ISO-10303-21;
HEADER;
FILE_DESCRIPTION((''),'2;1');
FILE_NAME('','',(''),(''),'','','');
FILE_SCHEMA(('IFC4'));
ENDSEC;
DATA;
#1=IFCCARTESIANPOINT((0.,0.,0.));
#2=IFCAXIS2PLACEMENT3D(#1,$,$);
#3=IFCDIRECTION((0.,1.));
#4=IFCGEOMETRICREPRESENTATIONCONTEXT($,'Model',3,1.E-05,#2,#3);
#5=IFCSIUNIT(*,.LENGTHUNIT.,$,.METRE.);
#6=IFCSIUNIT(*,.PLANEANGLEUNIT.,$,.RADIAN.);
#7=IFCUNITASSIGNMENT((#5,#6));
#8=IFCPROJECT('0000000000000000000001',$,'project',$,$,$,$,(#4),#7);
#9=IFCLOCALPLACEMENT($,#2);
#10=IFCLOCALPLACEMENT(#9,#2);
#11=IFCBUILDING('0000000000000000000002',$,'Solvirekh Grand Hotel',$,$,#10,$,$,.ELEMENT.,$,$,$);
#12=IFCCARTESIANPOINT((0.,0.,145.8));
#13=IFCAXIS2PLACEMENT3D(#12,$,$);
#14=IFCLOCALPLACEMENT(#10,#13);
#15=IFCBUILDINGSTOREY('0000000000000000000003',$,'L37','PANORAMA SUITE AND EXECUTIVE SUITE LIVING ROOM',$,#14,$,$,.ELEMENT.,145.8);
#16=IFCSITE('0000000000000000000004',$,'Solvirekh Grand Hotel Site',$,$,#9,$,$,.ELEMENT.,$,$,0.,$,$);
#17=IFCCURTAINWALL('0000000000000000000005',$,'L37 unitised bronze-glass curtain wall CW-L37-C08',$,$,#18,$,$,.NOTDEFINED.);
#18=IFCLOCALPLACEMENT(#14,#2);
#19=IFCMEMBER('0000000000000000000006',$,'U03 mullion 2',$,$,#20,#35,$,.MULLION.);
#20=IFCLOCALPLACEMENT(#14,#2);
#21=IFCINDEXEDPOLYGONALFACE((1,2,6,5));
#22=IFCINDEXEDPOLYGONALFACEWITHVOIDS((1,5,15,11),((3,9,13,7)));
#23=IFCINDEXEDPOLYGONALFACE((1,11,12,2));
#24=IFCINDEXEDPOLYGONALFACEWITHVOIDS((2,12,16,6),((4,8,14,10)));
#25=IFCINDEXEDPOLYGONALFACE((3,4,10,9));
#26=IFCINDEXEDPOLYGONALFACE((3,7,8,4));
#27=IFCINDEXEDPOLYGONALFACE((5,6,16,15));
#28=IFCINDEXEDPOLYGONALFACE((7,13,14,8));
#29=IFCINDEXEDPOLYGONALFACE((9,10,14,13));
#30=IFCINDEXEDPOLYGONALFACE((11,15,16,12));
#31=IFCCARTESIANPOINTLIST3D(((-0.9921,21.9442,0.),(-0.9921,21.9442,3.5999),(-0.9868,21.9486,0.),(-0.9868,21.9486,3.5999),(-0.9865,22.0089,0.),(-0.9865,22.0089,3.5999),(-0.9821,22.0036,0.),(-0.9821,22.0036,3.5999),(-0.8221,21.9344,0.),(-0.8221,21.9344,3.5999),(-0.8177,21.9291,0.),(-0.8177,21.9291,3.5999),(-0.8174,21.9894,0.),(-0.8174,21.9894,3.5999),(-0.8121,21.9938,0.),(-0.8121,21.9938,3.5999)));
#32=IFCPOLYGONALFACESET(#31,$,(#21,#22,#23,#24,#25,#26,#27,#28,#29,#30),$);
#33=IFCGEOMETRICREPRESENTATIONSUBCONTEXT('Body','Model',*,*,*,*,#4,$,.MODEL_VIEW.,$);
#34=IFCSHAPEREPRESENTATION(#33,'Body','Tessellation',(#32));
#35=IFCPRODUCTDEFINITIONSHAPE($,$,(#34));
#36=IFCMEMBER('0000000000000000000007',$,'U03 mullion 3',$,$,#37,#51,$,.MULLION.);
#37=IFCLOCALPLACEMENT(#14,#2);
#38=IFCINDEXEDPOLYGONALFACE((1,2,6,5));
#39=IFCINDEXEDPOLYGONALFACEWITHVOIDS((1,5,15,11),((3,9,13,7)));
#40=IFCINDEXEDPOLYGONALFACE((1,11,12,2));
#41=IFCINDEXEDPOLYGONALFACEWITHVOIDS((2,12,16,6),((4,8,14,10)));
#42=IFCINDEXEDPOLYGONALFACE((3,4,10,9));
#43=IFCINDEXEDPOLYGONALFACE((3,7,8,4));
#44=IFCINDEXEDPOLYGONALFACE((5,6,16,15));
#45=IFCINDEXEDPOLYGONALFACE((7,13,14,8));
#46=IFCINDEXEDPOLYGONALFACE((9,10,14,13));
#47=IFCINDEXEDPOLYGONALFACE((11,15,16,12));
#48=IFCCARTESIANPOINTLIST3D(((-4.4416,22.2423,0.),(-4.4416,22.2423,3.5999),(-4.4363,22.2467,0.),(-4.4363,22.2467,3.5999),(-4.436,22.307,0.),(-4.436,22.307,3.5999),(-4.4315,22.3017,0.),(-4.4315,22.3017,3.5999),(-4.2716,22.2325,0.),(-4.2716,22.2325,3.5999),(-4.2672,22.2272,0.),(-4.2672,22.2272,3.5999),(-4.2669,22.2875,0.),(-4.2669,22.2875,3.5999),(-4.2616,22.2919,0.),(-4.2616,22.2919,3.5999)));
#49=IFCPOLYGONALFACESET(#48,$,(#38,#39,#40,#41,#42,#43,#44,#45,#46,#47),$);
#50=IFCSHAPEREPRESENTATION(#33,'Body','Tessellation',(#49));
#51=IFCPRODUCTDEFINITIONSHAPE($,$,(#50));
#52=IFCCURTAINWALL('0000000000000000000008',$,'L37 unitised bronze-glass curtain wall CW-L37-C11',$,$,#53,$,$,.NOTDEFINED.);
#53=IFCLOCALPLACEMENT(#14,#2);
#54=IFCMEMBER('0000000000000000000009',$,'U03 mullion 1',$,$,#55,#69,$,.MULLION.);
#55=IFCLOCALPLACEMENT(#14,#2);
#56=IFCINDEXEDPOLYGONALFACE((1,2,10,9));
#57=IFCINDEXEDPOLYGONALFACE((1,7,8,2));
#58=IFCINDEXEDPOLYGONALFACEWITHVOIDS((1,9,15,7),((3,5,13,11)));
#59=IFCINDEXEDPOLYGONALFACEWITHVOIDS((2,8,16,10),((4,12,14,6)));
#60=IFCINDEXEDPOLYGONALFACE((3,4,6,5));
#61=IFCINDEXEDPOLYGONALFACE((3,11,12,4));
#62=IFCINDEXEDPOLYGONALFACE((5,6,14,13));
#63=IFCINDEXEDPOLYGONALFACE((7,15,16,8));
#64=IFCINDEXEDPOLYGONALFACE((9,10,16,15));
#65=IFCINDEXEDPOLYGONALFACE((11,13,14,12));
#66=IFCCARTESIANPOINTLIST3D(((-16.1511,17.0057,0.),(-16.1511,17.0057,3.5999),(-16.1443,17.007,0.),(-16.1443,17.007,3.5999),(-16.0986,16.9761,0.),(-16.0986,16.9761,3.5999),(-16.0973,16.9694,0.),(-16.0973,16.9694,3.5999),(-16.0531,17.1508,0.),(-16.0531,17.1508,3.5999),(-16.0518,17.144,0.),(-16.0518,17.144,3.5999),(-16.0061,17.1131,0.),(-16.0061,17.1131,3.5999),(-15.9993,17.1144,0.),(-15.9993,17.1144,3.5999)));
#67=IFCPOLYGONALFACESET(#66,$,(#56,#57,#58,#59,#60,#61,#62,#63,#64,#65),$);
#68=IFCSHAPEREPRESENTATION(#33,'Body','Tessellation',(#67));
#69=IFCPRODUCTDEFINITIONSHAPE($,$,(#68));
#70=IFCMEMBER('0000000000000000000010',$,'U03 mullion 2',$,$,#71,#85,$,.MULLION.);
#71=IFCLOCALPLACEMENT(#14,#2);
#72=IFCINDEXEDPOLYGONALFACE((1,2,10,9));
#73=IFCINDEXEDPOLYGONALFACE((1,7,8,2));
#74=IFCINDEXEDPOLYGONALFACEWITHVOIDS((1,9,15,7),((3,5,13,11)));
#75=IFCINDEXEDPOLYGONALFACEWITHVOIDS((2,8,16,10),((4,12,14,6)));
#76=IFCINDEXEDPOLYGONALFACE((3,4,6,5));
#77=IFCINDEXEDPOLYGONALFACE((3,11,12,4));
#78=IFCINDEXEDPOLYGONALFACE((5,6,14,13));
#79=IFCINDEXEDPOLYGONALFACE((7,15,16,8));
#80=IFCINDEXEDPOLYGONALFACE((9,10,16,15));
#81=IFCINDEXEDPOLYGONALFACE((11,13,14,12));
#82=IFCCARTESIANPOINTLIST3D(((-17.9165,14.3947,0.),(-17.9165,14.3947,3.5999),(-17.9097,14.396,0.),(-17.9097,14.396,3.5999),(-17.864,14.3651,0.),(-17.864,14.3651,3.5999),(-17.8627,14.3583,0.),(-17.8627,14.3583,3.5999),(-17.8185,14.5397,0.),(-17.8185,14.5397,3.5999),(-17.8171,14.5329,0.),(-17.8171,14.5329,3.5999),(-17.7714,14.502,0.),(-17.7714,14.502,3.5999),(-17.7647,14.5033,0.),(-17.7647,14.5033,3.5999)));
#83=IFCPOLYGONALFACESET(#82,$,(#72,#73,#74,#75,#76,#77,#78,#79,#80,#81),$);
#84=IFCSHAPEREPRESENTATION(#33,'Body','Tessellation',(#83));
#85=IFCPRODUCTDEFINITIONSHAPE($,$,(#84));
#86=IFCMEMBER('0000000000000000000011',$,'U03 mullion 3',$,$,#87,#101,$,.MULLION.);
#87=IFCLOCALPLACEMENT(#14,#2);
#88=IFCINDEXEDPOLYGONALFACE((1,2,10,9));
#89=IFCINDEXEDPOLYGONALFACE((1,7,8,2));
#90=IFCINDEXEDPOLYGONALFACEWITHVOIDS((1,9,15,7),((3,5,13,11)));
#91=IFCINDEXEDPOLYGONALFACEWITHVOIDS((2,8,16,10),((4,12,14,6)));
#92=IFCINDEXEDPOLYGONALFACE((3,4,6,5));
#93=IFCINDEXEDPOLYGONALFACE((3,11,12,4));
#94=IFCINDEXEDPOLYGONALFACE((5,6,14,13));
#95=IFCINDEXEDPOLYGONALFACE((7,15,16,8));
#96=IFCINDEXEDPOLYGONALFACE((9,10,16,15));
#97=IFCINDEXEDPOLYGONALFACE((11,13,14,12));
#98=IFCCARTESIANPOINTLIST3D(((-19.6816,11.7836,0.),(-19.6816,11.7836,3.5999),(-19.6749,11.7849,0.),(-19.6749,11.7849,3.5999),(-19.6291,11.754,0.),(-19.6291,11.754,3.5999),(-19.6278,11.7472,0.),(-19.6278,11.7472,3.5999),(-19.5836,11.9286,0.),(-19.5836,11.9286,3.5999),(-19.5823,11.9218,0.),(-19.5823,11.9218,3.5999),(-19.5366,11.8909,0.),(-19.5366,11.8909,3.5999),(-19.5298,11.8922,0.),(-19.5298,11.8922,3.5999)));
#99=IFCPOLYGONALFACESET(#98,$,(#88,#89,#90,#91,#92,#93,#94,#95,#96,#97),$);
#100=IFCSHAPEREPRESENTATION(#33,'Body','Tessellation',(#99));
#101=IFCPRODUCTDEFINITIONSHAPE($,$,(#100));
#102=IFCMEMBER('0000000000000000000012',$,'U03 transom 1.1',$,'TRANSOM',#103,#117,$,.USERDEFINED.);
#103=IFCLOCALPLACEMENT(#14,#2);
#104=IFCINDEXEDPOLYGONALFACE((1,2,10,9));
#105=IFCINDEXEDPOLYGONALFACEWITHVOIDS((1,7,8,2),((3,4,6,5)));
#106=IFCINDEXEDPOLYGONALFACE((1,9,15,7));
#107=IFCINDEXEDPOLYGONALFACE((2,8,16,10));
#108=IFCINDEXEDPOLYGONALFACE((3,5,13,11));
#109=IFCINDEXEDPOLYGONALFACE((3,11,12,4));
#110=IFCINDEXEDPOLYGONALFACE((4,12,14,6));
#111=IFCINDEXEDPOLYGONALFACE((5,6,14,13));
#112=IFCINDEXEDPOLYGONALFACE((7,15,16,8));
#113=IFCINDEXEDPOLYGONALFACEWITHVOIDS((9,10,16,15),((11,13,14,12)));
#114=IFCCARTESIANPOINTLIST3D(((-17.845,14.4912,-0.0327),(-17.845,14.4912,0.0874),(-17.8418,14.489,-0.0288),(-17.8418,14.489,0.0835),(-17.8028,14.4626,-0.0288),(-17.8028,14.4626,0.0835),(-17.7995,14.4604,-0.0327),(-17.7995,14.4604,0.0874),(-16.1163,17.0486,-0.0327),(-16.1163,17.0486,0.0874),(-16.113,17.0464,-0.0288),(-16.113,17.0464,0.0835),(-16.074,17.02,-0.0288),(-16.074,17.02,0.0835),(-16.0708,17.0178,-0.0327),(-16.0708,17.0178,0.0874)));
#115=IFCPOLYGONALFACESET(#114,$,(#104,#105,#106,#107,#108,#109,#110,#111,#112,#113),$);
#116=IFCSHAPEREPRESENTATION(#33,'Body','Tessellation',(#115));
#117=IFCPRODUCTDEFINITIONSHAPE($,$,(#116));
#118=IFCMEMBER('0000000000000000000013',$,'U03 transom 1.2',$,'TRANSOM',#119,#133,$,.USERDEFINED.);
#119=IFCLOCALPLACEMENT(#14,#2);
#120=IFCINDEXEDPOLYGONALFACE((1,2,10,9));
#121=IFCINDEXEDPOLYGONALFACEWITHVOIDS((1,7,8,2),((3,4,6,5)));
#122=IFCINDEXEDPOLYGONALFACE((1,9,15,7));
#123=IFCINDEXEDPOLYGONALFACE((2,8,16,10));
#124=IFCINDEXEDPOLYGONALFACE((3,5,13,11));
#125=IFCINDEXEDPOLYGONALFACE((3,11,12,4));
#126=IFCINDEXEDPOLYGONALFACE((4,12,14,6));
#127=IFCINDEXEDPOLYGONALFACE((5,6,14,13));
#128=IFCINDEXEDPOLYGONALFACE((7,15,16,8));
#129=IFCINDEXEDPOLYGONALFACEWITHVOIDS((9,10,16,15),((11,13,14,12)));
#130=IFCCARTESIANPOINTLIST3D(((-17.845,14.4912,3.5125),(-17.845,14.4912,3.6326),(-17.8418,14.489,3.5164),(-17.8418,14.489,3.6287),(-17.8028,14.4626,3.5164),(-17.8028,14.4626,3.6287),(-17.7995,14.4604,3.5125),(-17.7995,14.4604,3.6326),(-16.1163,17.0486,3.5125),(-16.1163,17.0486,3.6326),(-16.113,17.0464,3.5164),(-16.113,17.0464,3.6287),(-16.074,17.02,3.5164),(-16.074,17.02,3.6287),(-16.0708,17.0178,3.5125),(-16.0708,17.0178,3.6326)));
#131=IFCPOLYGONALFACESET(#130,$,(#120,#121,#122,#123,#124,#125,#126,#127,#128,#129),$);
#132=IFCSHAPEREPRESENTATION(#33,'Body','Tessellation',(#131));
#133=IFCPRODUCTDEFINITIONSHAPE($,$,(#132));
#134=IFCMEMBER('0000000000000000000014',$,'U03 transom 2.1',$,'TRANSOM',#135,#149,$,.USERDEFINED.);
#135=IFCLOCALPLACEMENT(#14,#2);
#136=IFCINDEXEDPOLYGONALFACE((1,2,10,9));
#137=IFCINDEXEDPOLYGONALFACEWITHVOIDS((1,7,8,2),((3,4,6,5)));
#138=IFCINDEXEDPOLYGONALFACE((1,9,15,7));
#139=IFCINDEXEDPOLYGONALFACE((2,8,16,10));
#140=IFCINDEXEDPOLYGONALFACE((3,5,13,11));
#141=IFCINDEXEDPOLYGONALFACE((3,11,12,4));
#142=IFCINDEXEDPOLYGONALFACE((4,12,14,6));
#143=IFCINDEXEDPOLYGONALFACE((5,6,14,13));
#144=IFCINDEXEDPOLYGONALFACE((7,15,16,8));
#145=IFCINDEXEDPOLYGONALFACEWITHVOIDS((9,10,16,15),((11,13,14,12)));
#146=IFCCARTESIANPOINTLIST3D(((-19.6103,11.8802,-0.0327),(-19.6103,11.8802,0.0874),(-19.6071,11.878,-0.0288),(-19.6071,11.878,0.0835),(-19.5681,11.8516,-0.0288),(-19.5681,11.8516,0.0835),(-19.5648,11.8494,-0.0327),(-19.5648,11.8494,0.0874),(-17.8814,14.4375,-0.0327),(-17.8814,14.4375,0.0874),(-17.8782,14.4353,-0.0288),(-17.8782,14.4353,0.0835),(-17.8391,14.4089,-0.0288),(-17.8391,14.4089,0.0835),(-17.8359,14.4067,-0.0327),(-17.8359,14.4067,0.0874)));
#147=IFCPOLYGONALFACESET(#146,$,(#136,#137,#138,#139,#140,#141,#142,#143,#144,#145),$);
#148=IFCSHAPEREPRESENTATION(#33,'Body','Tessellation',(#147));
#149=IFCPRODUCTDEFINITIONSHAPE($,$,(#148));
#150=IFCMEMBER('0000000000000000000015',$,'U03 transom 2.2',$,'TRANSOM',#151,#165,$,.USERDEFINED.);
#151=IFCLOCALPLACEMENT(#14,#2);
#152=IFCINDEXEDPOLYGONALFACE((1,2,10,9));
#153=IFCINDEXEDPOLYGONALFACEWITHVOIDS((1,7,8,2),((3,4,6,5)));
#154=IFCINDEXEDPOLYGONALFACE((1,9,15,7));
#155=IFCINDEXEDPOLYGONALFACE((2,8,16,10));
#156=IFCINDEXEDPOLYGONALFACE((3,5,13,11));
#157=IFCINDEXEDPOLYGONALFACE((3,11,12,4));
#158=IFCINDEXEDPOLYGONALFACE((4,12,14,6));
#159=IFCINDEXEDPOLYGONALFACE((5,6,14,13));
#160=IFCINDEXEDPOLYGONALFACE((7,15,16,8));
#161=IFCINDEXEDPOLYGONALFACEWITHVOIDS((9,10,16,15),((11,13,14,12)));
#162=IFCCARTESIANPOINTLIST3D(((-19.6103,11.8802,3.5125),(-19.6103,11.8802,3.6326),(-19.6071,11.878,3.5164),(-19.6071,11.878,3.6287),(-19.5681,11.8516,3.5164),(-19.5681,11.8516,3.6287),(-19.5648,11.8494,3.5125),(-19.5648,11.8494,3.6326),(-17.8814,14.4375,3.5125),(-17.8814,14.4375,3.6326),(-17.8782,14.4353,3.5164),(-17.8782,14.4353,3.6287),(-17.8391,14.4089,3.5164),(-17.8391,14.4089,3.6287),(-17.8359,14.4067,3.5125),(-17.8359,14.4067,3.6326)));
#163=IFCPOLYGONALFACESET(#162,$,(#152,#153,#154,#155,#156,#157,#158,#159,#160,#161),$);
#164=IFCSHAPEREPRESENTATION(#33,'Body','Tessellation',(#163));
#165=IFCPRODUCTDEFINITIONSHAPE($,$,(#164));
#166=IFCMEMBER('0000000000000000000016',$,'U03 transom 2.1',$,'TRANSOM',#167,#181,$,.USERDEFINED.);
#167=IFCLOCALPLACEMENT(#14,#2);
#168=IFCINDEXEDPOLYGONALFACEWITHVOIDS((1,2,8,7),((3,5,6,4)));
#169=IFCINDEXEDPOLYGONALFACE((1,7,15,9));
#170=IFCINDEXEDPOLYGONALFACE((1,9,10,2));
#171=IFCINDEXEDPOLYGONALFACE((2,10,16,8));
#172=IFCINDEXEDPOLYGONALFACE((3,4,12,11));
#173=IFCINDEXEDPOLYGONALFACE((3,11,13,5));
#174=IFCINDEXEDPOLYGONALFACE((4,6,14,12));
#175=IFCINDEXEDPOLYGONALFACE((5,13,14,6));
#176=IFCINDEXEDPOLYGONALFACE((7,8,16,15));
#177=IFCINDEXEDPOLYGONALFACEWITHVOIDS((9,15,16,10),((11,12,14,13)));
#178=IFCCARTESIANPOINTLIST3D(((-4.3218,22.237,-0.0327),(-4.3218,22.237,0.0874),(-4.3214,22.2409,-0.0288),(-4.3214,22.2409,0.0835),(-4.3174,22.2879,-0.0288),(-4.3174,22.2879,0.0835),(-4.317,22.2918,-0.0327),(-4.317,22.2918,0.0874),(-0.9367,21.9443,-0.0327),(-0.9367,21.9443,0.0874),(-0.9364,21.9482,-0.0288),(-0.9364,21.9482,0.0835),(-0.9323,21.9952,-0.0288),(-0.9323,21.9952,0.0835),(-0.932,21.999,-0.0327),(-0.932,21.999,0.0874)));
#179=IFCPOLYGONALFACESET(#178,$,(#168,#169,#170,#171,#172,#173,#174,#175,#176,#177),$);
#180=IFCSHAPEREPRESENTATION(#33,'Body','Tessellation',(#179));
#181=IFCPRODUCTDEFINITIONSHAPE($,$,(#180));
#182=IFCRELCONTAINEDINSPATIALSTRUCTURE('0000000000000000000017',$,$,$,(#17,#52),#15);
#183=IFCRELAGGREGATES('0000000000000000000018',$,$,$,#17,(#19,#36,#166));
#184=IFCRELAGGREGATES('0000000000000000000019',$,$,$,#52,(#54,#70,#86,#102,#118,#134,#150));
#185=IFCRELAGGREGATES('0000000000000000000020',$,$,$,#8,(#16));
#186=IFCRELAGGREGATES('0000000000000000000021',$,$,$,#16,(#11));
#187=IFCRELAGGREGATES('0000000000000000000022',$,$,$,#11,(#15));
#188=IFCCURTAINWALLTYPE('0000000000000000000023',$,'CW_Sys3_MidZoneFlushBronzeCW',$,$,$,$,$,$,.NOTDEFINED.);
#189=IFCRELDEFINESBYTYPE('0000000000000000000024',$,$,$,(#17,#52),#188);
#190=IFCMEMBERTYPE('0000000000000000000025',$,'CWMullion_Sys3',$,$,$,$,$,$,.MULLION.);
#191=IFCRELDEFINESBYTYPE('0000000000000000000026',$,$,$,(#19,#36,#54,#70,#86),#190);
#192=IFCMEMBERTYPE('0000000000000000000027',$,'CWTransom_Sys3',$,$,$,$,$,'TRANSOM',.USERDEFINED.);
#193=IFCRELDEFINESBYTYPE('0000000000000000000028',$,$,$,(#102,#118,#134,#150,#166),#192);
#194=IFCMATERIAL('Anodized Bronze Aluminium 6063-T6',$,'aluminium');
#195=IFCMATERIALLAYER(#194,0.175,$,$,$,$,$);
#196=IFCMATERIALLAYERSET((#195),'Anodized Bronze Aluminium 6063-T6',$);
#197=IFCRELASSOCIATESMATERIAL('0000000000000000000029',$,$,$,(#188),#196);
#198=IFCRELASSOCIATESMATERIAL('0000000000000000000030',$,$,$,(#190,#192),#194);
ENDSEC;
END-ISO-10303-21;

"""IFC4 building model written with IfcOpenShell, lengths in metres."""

from ifc_helpers import new_model, si_unit, direction, frame, origin, origin_2d, place, context, subcontext, project, spatial, hollow_rectangle, extrude, source, transform, mapped, material, layer, layer_set, material_profile, profile_set, type_object, element, aggregate, save


model = new_model("IFC4")

# Units and contexts
model_context = context("Model", 3, precision=1e-05, world=origin(), true_north=direction((0.0, 1.0)))
body_context = subcontext(model_context, "Body", "Model", "MODEL_VIEW")
ifc_project = project(units=[si_unit("LENGTHUNIT", "METRE"), si_unit("PLANEANGLEUNIT", "RADIAN")], contexts=[model_context])

# Site, building, storey
site_placement = place(None, origin())
site = spatial("IfcSite", under=ifc_project, at=site_placement, Name="Solvirekh Grand Hotel Site", CompositionType="ELEMENT", RefElevation=0.0)
building_placement = place(site_placement, origin())
building = spatial("IfcBuilding", under=site, at=building_placement, Name="Solvirekh Grand Hotel", CompositionType="ELEMENT")
storey_placement = place(building_placement, frame((0.0, 0.0, 145.8)))
storey = spatial("IfcBuildingStorey", under=building, at=storey_placement, Name="L37", Description="PANORAMA SUITE AND EXECUTIVE SUITE LIVING ROOM", CompositionType="ELEMENT", Elevation=145.8)

# Curtain walls, members
ifc_material_1 = material(Name="Anodized Bronze Aluminium 6063-T6", Category="aluminium")
ifc_layer_1 = layer(ifc_material_1, 0.175)
ifc_layer_set_1 = layer_set([ifc_layer_1], Name="Anodized Bronze Aluminium 6063-T6")
curtain_wall_type = type_object("IfcCurtainWallType", Name="CW_Sys3_MidZoneFlushBronzeCW", PredefinedType="NOTDEFINED", material=ifc_layer_set_1)
curtain_wall_1_placement = place(storey_placement, origin())
curtain_wall_1 = element("IfcCurtainWall", 1, at=curtain_wall_1_placement, inside=storey, type_object=curtain_wall_type, Name="L37 unitised bronze-glass curtain wall CW-L37-C08", PredefinedType="NOTDEFINED")
ifc_material_profile_1 = material_profile(ifc_material_1, hollow_rectangle(XDim=0.0649, YDim=0.175, WallThickness=0.0049, at=origin_2d()), Name="ALU RHS 175X65X5")
ifc_profile_set_1 = profile_set([ifc_material_profile_1], Name="Anodized Bronze Aluminium 6063-T6")
member_type_1 = type_object("IfcMemberType", Name="CWMullion_Sys3", PredefinedType="MULLION", material=ifc_profile_set_1)
shared_shape_1 = source(origin(), body_context, "Body", "SweptSolid", [
    extrude(hollow_rectangle(XDim=0.0649, YDim=0.175, WallThickness=0.0049, at=origin_2d()), origin(), (0.0, 0.0, 1.0), 3.5999),
])
member_1_placement = place(storey_placement, frame((-0.9021, 21.969, 0.0), z_axis=(0.0, 0.0, 1.0), x_axis=(-0.086123, -0.996284, 0.0)))
member_1 = element("IfcMember", 2, at=member_1_placement, type_object=member_type_1, Name="U03 mullion 2", PredefinedType="MULLION", context=body_context, shape_type="MappedRepresentation", body=[
    mapped(shared_shape_1, transform((0.0, 0.0, 0.0), x_axis=(1.0, 0.0, 0.0), y_axis=(0.0, 1.0, 0.0), z_axis=(0.0, 0.0, 1.0), scale=1.0)),
])
member_2_placement = place(storey_placement, frame((-4.3516, 22.2671, 0.0), z_axis=(0.0, 0.0, 1.0), x_axis=(-0.086123, -0.996284, 0.0)))
member_2 = element("IfcMember", 3, at=member_2_placement, type_object=member_type_1, Name="U03 mullion 3", PredefinedType="MULLION", context=body_context, shape_type="MappedRepresentation", body=[
    mapped(shared_shape_1, transform((0.0, 0.0, 0.0), x_axis=(1.0, 0.0, 0.0), y_axis=(0.0, 1.0, 0.0), z_axis=(0.0, 0.0, 1.0), scale=1.0)),
])
curtain_wall_2_placement = place(storey_placement, origin())
curtain_wall_2 = element("IfcCurtainWall", 4, at=curtain_wall_2_placement, inside=storey, type_object=curtain_wall_type, Name="L37 unitised bronze-glass curtain wall CW-L37-C11", PredefinedType="NOTDEFINED")
member_3_placement = place(storey_placement, frame((-16.0752, 17.0601, 0.0), z_axis=(0.0, 0.0, 1.0), x_axis=(0.828433, -0.560088, 0.0)))
member_3 = element("IfcMember", 5, at=member_3_placement, type_object=member_type_1, Name="U03 mullion 1", PredefinedType="MULLION", context=body_context, shape_type="MappedRepresentation", body=[
    mapped(shared_shape_1, transform((0.0, 0.0, 0.0), x_axis=(1.0, 0.0, 0.0), y_axis=(0.0, 1.0, 0.0), z_axis=(0.0, 0.0, 1.0), scale=1.0)),
])
member_4_placement = place(storey_placement, frame((-17.8406, 14.449, 0.0), z_axis=(0.0, 0.0, 1.0), x_axis=(0.828433, -0.560088, 0.0)))
member_4 = element("IfcMember", 6, at=member_4_placement, type_object=member_type_1, Name="U03 mullion 2", PredefinedType="MULLION", context=body_context, shape_type="MappedRepresentation", body=[
    mapped(shared_shape_1, transform((0.0, 0.0, 0.0), x_axis=(1.0, 0.0, 0.0), y_axis=(0.0, 1.0, 0.0), z_axis=(0.0, 0.0, 1.0), scale=1.0)),
])
member_5_placement = place(storey_placement, frame((-19.6057, 11.8379, 0.0), z_axis=(0.0, 0.0, 1.0), x_axis=(0.828433, -0.560088, 0.0)))
member_5 = element("IfcMember", 7, at=member_5_placement, type_object=member_type_1, Name="U03 mullion 3", PredefinedType="MULLION", context=body_context, shape_type="MappedRepresentation", body=[
    mapped(shared_shape_1, transform((0.0, 0.0, 0.0), x_axis=(1.0, 0.0, 0.0), y_axis=(0.0, 1.0, 0.0), z_axis=(0.0, 0.0, 1.0), scale=1.0)),
])
ifc_material_profile_2 = material_profile(ifc_material_1, hollow_rectangle(XDim=0.0549, YDim=0.1201, WallThickness=0.0039, at=origin_2d()), Name="ALU RHS 120X55X4")
ifc_profile_set_2 = profile_set([ifc_material_profile_2], Name="Anodized Bronze Aluminium 6063-T6")
member_type_2 = type_object("IfcMemberType", Name="CWTransom_Sys3", ElementType="TRANSOM", PredefinedType="USERDEFINED", material=ifc_profile_set_2)
shared_shape_2 = source(origin(), body_context, "Body", "SweptSolid", [
    extrude(hollow_rectangle(XDim=0.0549, YDim=0.1201, WallThickness=0.0039, at=origin_2d()), origin(), (0.0, 0.0, 1.0), 3.0869),
])
member_6_placement = place(storey_placement, frame((-16.0935, 17.0332, 0.0273), z_axis=(-0.560036, -0.828468, 0.0), x_axis=(0.828468, -0.560036, 0.0)))
member_6 = element("IfcMember", 8, at=member_6_placement, type_object=member_type_2, Name="U03 transom 1.1", ObjectType="TRANSOM", PredefinedType="USERDEFINED", context=body_context, shape_type="MappedRepresentation", body=[
    mapped(shared_shape_2, transform((0.0, 0.0, 0.0), x_axis=(1.0, 0.0, 0.0), y_axis=(0.0, 1.0, 0.0), z_axis=(0.0, 0.0, 1.0), scale=1.0)),
])
member_7_placement = place(storey_placement, frame((-16.0935, 17.0332, 3.5725), z_axis=(-0.560036, -0.828468, 0.0), x_axis=(0.828468, -0.560036, 0.0)))
member_7 = element("IfcMember", 9, at=member_7_placement, type_object=member_type_2, Name="U03 transom 1.2", ObjectType="TRANSOM", PredefinedType="USERDEFINED", context=body_context, shape_type="MappedRepresentation", body=[
    mapped(shared_shape_2, transform((0.0, 0.0, 0.0), x_axis=(1.0, 0.0, 0.0), y_axis=(0.0, 1.0, 0.0), z_axis=(0.0, 0.0, 1.0), scale=1.0)),
])
member_8_placement = place(storey_placement, frame((-17.8586, 14.4221, 0.0273), z_axis=(-0.560091, -0.828431, 0.0), x_axis=(0.828431, -0.560091, 0.0)))
member_8 = element("IfcMember", 10, at=member_8_placement, type_object=member_type_2, Name="U03 transom 2.1", ObjectType="TRANSOM", PredefinedType="USERDEFINED", context=body_context, shape_type="MappedRepresentation", body=[
    mapped(shared_shape_2, transform((0.0, 0.0, 0.0), x_axis=(1.0, 0.0, 0.0), y_axis=(0.0, 1.0, 0.0), z_axis=(0.0, 0.0, 1.0), scale=1.0)),
])
member_9_placement = place(storey_placement, frame((-17.8586, 14.4221, 3.5725), z_axis=(-0.560091, -0.828431, 0.0), x_axis=(0.828431, -0.560091, 0.0)))
member_9 = element("IfcMember", 11, at=member_9_placement, type_object=member_type_2, Name="U03 transom 2.2", ObjectType="TRANSOM", PredefinedType="USERDEFINED", context=body_context, shape_type="MappedRepresentation", body=[
    mapped(shared_shape_2, transform((0.0, 0.0, 0.0), x_axis=(1.0, 0.0, 0.0), y_axis=(0.0, 1.0, 0.0), z_axis=(0.0, 0.0, 1.0), scale=1.0)),
])

# Member
shared_shape_3 = source(origin(), body_context, "Body", "SweptSolid", [
    extrude(hollow_rectangle(XDim=0.0549, YDim=0.1201, WallThickness=0.0039, at=origin_2d()), origin(), (0.0, 0.0, 1.0), 3.3977),
])
member_10_placement = place(storey_placement, frame((-0.9343, 21.9717, 0.0273), z_axis=(-0.996282, 0.086155, 0.0), x_axis=(-0.086155, -0.996282, 0.0)))
member_10 = element("IfcMember", 12, at=member_10_placement, type_object=member_type_2, Name="U03 transom 2.1", ObjectType="TRANSOM", PredefinedType="USERDEFINED", context=body_context, shape_type="MappedRepresentation", body=[
    mapped(shared_shape_3, transform((0.0, 0.0, 0.0), x_axis=(1.0, 0.0, 0.0), y_axis=(0.0, 1.0, 0.0), z_axis=(0.0, 0.0, 1.0), scale=1.0)),
])

aggregate(curtain_wall_1, [member_1, member_2, member_10])
aggregate(curtain_wall_2, [member_3, member_4, member_5, member_6, member_7, member_8, member_9])

save(model, "model.ifc")
